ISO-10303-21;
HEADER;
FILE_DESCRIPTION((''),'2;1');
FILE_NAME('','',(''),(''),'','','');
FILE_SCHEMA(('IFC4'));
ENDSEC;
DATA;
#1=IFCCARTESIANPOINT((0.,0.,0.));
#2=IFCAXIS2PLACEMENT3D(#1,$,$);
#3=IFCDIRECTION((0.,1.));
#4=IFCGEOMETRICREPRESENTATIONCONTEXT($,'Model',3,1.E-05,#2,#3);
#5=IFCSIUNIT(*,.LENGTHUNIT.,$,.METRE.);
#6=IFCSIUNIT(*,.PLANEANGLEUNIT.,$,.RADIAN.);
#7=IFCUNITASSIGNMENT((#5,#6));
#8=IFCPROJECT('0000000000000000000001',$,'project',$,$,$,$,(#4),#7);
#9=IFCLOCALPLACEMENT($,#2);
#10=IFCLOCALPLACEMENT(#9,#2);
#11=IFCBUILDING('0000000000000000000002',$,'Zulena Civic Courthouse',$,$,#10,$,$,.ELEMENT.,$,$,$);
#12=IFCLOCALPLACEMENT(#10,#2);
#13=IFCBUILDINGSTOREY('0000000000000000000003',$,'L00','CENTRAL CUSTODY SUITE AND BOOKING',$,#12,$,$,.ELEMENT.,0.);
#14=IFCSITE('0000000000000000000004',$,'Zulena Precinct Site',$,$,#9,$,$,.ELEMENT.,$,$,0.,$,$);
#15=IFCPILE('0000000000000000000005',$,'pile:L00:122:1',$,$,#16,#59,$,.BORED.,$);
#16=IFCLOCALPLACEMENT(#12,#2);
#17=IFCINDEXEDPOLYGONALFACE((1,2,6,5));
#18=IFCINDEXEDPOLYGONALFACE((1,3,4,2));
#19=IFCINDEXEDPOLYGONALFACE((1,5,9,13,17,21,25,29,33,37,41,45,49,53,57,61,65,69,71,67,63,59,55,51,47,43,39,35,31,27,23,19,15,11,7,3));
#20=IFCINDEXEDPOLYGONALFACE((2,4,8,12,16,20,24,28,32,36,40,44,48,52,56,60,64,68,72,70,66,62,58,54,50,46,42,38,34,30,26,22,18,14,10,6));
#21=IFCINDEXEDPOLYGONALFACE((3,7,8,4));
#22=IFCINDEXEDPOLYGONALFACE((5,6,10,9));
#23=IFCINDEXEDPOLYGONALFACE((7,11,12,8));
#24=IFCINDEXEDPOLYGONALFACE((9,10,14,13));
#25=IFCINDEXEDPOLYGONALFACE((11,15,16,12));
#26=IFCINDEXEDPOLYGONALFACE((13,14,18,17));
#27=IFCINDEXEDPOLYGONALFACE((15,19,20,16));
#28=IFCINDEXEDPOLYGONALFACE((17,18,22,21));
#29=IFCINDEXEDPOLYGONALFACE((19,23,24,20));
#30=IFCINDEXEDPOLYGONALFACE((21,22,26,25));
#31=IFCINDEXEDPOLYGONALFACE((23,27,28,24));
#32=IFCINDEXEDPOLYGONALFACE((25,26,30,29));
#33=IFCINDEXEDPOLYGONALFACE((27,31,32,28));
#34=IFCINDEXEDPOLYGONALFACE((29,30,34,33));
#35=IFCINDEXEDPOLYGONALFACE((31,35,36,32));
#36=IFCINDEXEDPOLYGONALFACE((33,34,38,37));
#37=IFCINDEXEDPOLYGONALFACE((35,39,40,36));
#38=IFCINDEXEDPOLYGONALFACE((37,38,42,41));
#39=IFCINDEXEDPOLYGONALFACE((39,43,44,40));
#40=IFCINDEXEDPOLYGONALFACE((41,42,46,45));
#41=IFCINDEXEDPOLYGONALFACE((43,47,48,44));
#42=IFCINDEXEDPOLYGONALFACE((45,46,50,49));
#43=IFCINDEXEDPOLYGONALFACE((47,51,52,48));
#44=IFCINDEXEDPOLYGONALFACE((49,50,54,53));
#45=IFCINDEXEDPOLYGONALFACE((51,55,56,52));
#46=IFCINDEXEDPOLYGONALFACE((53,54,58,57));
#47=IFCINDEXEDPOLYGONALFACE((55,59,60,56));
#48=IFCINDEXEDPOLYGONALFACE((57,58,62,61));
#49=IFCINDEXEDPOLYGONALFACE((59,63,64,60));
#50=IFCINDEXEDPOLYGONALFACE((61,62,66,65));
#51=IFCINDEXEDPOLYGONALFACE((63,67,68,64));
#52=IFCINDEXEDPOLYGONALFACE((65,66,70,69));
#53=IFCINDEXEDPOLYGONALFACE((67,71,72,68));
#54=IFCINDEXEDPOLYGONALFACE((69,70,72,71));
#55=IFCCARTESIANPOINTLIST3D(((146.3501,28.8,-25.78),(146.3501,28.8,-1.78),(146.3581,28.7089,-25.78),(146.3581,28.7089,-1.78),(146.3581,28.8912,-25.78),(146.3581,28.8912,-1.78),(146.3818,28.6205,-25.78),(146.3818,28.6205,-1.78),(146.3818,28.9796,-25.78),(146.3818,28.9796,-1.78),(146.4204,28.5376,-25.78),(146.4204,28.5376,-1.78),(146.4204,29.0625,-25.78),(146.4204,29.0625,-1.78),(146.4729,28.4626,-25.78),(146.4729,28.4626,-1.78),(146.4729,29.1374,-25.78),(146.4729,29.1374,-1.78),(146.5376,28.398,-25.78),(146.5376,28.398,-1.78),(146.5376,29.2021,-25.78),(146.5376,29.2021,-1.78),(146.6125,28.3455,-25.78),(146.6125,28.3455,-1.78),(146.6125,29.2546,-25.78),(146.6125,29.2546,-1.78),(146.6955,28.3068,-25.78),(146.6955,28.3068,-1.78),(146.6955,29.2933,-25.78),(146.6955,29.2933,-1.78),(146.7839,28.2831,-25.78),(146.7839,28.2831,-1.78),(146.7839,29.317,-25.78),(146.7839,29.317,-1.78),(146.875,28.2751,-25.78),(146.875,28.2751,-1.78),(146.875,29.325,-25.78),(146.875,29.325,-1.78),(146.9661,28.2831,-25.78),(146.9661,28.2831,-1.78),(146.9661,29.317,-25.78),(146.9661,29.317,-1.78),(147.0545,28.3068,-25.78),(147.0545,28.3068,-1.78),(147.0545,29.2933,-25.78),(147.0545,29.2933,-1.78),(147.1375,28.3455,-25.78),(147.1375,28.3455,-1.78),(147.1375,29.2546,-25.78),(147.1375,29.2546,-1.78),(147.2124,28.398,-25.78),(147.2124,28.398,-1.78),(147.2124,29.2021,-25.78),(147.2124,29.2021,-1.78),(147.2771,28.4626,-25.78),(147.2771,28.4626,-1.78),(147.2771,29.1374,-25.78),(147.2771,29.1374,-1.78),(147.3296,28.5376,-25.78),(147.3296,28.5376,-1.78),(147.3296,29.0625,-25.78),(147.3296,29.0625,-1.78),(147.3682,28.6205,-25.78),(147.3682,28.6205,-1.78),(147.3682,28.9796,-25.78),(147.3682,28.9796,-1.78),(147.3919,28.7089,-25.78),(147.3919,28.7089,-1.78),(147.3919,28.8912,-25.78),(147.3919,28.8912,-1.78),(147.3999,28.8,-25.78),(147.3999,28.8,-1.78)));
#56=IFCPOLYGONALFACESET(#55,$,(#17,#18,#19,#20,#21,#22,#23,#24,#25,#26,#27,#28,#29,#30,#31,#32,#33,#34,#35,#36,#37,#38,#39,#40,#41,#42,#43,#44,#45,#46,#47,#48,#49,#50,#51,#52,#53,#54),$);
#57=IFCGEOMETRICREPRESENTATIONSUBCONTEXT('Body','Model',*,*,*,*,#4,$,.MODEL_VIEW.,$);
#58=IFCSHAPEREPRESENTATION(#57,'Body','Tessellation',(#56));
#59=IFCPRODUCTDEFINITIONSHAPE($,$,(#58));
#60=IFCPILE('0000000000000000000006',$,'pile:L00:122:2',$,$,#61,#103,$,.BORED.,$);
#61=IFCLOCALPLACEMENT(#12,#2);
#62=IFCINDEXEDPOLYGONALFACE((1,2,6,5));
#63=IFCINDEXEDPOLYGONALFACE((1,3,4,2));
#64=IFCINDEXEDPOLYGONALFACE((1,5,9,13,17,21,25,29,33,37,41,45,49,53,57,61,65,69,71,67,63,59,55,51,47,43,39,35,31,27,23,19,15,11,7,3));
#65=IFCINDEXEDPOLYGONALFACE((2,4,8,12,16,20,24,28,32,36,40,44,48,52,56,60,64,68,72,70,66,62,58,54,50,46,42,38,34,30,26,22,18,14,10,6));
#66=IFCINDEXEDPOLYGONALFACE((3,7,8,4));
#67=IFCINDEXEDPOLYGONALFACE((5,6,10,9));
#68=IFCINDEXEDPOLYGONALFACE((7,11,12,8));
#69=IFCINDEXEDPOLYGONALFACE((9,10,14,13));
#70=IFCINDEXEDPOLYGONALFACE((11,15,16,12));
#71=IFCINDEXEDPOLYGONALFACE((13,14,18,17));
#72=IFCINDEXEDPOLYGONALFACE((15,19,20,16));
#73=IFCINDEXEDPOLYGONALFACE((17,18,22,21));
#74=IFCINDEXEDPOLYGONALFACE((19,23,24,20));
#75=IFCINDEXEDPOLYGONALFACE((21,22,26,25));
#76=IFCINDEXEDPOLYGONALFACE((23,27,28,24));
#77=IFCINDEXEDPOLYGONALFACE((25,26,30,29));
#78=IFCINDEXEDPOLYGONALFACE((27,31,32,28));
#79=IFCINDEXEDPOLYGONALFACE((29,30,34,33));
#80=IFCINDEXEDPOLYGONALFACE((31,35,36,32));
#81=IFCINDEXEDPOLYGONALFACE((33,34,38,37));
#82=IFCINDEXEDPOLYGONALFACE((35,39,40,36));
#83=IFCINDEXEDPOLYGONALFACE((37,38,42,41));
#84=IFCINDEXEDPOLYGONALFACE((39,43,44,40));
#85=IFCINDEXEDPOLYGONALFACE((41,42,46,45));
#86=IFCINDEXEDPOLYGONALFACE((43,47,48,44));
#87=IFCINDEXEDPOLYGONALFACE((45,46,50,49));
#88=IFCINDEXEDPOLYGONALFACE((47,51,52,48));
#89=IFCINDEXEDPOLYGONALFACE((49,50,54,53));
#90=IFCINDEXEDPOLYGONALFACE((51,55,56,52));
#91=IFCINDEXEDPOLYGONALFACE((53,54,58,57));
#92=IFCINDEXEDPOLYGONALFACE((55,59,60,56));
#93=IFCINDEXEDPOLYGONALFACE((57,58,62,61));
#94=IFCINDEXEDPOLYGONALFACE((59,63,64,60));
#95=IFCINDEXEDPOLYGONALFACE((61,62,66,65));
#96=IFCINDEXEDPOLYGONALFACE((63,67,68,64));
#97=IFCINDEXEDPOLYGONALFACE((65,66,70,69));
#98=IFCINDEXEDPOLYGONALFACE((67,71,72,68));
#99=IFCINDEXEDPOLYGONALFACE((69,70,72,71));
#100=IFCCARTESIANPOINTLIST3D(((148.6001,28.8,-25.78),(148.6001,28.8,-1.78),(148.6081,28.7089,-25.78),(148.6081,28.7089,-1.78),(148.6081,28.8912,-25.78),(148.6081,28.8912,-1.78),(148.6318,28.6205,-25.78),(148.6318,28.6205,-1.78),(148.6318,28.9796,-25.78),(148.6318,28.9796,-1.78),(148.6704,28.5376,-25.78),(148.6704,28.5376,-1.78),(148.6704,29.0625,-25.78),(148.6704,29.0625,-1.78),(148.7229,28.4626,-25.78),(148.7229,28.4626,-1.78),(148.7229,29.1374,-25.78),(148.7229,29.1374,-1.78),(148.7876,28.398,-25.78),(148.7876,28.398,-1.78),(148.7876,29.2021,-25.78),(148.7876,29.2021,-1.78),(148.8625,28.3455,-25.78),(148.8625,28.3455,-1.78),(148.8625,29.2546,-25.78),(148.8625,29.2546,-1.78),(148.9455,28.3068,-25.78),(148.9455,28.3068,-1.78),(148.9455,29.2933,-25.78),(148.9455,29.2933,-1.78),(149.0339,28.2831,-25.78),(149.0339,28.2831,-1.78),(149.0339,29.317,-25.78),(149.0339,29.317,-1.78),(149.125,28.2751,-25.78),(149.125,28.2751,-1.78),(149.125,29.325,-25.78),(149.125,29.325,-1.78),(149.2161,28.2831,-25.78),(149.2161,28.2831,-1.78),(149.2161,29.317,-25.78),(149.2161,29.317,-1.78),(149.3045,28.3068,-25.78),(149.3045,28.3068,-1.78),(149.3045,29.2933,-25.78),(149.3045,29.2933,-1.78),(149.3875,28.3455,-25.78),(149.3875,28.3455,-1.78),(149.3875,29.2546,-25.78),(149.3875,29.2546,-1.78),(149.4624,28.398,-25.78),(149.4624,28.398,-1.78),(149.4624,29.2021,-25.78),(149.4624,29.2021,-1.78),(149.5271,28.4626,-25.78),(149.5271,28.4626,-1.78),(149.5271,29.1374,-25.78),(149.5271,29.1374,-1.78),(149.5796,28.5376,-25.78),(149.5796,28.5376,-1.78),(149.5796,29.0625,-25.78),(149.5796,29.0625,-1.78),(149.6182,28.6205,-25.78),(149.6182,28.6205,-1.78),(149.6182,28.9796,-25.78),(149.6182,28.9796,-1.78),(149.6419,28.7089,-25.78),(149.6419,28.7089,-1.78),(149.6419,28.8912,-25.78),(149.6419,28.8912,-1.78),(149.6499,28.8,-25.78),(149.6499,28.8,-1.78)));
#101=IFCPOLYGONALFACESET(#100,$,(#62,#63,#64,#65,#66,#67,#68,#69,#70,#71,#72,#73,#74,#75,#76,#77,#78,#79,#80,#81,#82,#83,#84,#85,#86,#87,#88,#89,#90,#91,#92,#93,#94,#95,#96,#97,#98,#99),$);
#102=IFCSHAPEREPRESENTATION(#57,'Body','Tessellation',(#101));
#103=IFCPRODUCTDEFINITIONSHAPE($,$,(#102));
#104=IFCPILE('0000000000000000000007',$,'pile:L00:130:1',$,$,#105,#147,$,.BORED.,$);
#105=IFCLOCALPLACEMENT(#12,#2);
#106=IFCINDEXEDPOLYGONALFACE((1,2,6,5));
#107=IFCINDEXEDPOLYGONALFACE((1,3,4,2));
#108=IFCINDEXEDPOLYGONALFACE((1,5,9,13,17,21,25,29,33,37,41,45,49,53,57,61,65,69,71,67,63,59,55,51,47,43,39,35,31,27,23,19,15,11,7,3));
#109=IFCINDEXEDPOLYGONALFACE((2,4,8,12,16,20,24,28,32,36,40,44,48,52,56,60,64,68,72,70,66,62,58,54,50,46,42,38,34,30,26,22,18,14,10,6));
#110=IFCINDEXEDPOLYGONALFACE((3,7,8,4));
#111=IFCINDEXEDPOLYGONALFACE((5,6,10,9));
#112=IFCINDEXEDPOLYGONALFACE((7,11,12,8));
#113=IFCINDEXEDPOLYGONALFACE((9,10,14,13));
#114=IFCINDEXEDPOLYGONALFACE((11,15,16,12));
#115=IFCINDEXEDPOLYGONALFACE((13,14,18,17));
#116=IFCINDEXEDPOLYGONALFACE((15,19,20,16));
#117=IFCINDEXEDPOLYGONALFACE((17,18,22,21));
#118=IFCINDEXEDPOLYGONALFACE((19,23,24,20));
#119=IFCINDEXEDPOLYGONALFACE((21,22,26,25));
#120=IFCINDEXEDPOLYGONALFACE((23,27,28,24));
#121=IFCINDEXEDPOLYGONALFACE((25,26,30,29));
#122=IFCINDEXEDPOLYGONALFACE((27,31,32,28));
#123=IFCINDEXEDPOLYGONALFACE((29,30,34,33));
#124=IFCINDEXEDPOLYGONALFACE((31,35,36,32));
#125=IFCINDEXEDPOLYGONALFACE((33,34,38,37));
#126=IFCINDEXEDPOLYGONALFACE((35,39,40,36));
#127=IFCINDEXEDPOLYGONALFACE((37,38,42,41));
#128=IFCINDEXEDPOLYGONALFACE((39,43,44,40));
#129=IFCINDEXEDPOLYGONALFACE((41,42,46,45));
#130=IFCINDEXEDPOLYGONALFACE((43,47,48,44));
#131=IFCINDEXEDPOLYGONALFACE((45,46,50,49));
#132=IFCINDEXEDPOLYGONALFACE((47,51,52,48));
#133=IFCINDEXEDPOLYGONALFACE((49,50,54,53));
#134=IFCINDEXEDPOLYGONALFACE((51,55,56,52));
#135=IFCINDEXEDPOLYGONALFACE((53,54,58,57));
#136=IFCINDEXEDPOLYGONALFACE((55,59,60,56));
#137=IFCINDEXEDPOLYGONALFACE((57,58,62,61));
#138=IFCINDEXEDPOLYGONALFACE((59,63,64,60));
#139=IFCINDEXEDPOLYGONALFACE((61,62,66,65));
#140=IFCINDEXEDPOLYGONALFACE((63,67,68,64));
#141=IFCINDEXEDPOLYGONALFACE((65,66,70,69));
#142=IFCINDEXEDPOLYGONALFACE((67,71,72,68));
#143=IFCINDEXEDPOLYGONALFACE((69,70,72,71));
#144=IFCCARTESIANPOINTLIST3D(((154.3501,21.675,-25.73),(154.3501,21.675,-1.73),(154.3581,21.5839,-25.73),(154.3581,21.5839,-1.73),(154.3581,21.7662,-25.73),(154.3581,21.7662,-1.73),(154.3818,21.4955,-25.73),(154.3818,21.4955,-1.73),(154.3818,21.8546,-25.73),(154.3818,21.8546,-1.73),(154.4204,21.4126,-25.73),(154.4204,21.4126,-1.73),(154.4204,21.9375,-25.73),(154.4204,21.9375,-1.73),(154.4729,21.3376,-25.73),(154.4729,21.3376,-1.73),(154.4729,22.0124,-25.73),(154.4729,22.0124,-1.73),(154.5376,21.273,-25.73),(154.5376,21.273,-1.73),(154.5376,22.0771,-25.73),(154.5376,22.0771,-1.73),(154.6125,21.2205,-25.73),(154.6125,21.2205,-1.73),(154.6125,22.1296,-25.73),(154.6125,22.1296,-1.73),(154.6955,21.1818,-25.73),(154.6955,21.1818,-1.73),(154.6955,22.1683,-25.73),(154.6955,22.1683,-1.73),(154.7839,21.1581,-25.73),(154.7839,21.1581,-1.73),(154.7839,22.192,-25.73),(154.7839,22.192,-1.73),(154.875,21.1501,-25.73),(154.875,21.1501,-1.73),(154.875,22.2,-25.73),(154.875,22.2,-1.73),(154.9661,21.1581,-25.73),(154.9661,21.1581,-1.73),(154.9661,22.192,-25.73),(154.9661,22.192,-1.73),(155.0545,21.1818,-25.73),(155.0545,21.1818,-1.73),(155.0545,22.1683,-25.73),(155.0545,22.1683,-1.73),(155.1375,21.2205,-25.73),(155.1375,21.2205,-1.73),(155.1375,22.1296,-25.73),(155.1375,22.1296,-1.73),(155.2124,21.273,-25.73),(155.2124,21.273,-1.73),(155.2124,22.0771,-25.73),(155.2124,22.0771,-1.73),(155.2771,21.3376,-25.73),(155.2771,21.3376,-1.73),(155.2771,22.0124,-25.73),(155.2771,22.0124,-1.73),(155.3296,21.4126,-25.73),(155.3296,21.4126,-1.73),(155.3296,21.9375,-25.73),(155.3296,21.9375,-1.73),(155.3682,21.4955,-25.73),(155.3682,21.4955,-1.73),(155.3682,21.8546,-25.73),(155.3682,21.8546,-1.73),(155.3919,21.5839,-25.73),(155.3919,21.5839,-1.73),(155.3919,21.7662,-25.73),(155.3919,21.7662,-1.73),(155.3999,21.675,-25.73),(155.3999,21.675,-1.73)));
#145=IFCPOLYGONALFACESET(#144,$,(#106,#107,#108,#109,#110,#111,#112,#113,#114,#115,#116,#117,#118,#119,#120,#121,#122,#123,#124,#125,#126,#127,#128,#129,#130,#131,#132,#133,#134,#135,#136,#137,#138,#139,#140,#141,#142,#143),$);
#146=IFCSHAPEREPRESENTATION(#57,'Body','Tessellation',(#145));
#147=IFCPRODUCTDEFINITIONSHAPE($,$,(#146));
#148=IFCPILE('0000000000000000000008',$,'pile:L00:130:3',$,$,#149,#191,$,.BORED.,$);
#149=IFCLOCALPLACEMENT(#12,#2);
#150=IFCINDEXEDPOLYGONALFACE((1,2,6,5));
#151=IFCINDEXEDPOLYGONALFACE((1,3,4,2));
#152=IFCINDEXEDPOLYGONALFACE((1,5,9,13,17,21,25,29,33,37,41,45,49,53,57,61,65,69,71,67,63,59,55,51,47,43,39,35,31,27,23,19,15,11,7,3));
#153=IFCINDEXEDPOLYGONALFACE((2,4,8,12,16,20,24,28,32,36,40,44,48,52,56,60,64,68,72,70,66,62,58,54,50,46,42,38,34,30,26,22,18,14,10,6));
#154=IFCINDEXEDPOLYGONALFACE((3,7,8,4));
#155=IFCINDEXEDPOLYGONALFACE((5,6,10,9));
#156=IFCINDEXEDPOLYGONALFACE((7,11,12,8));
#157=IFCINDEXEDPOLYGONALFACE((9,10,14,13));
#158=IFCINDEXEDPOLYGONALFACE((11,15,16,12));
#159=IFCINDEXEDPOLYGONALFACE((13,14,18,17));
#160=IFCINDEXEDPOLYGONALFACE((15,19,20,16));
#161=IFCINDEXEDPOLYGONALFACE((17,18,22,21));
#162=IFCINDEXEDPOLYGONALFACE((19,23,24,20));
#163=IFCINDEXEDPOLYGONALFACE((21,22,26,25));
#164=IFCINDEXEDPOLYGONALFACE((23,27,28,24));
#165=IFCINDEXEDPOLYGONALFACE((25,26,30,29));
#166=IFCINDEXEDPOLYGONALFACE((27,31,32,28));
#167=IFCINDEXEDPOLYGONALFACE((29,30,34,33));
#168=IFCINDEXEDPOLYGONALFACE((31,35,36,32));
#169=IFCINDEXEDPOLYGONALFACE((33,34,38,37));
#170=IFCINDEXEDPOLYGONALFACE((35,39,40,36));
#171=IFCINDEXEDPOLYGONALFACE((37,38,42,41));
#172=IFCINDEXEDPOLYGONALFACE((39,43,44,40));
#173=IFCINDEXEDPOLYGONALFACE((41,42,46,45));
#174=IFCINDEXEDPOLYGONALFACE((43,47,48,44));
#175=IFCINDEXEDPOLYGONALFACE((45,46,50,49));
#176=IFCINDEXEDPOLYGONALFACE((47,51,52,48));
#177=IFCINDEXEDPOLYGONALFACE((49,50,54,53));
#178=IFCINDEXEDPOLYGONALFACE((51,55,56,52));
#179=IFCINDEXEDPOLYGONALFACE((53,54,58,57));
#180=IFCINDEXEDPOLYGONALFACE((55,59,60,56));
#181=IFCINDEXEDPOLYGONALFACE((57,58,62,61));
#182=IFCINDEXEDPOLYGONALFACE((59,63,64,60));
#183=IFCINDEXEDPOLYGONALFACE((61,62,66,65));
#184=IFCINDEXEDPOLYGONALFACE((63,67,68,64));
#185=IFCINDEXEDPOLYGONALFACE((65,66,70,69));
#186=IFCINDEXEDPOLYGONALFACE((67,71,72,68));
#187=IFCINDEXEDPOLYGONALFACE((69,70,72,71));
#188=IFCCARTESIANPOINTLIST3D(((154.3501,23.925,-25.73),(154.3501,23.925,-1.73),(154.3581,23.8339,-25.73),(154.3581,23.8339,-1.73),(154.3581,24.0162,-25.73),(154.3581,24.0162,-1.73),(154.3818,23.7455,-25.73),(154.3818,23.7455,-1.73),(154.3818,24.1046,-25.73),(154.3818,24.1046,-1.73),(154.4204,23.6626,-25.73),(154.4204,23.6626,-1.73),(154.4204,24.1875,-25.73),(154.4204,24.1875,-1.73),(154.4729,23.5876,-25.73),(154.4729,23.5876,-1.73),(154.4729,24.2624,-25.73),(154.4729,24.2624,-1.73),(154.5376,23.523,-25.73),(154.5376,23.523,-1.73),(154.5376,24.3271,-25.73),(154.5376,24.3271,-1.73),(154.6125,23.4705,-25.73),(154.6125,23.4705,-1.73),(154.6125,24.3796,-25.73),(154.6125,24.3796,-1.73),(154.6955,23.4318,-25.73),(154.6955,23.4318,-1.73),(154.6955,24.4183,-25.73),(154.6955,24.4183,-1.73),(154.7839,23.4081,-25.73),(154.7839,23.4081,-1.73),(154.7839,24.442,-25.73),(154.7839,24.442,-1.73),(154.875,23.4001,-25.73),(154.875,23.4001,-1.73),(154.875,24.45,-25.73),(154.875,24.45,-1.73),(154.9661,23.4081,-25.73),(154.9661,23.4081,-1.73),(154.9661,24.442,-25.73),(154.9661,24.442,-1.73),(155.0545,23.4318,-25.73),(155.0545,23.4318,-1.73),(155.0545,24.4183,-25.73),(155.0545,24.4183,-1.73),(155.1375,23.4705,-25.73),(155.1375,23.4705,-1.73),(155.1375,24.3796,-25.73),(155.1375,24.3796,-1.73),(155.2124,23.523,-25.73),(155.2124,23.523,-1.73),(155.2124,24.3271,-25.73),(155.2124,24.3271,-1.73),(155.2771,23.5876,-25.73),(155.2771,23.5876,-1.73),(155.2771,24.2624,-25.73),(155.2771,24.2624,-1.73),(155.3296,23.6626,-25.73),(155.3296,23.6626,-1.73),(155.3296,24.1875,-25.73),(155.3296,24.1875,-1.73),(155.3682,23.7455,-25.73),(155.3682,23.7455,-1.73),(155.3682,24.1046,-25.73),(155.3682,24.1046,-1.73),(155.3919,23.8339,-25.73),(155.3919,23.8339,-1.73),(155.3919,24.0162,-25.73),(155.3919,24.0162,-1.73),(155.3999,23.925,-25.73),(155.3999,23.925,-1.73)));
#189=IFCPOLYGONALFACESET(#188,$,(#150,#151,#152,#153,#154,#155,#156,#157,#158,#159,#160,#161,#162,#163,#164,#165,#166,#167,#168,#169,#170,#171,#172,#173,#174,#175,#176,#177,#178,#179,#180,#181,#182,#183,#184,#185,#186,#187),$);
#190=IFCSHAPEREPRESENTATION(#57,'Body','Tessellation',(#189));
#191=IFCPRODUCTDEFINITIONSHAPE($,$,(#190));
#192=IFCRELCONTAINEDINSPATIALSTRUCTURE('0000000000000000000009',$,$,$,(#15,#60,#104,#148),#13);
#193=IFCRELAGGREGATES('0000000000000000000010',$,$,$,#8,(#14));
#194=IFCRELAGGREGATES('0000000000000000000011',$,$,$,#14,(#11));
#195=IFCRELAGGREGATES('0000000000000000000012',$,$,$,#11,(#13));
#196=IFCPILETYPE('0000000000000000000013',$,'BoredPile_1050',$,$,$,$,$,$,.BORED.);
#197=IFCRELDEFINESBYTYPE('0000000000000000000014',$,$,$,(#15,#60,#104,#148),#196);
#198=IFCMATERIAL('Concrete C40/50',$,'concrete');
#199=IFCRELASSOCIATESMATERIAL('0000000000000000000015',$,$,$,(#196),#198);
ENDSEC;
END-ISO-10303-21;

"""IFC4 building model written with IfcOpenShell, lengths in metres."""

from ifc_helpers import new_model, si_unit, direction, frame, origin, origin_2d, place, context, subcontext, project, spatial, circle, extrude, material, material_profile, profile_set, type_object, element, save


model = new_model("IFC4")

# Units and contexts
model_context = context("Model", 3, precision=1e-05, world=origin(), true_north=direction((0.0, 1.0)))
body_context = subcontext(model_context, "Body", "Model", "MODEL_VIEW")
ifc_project = project(units=[si_unit("LENGTHUNIT", "METRE"), si_unit("PLANEANGLEUNIT", "RADIAN")], contexts=[model_context])

# Site, building, storey
site_placement = place(None, origin())
site = spatial("IfcSite", under=ifc_project, at=site_placement, Name="Zulena Precinct Site", CompositionType="ELEMENT", RefElevation=0.0)
building_placement = place(site_placement, origin())
building = spatial("IfcBuilding", under=site, at=building_placement, Name="Zulena Civic Courthouse", CompositionType="ELEMENT")
storey_placement = place(building_placement, origin())
storey = spatial("IfcBuildingStorey", under=building, at=storey_placement, Name="L00", Description="CENTRAL CUSTODY SUITE AND BOOKING", CompositionType="ELEMENT", Elevation=0.0)

# Piles
ifc_material_1 = material(Name="Concrete C40/50", Category="concrete")
ifc_material_profile_1 = material_profile(ifc_material_1, circle(Radius=0.5249, at=origin_2d()), Name="PILE1050")
ifc_profile_set_1 = profile_set([ifc_material_profile_1], Name="Concrete C40/50")
pile_type_1 = type_object("IfcPileType", Name="BoredPile_1050", PredefinedType="BORED", material=ifc_profile_set_1)
for number, where, z_axis, x_axis, name in (
    (1, (146.875, 28.8, -1.78), (0.0, 0.0, -1.0), (1.0, 0.0, 0.0), "pile:L00:122:1"),
    (2, (149.125, 28.8, -1.78), (0.0, 0.0, -1.0), (1.0, 0.0, 0.0), "pile:L00:122:2"),
    (3, (154.875, 21.675, -1.73), (0.0, 0.0, -1.0), (1.0, 0.0, 0.0), "pile:L00:130:1"),
    (4, (154.875, 23.925, -1.73), (0.0, 0.0, -1.0), (1.0, 0.0, 0.0), "pile:L00:130:3"),
):
    element("IfcPile", number, at=place(storey_placement, frame(where, z_axis=z_axis, x_axis=x_axis)), inside=storey, type_object=pile_type_1, Name=name, PredefinedType="BORED", context=body_context, shape_type="SweptSolid", body=[
        extrude(circle(Radius=0.5249, at=origin_2d()), origin(), (0.0, 0.0, 1.0), 24.0),
    ])

save(model, "model.ifc")
